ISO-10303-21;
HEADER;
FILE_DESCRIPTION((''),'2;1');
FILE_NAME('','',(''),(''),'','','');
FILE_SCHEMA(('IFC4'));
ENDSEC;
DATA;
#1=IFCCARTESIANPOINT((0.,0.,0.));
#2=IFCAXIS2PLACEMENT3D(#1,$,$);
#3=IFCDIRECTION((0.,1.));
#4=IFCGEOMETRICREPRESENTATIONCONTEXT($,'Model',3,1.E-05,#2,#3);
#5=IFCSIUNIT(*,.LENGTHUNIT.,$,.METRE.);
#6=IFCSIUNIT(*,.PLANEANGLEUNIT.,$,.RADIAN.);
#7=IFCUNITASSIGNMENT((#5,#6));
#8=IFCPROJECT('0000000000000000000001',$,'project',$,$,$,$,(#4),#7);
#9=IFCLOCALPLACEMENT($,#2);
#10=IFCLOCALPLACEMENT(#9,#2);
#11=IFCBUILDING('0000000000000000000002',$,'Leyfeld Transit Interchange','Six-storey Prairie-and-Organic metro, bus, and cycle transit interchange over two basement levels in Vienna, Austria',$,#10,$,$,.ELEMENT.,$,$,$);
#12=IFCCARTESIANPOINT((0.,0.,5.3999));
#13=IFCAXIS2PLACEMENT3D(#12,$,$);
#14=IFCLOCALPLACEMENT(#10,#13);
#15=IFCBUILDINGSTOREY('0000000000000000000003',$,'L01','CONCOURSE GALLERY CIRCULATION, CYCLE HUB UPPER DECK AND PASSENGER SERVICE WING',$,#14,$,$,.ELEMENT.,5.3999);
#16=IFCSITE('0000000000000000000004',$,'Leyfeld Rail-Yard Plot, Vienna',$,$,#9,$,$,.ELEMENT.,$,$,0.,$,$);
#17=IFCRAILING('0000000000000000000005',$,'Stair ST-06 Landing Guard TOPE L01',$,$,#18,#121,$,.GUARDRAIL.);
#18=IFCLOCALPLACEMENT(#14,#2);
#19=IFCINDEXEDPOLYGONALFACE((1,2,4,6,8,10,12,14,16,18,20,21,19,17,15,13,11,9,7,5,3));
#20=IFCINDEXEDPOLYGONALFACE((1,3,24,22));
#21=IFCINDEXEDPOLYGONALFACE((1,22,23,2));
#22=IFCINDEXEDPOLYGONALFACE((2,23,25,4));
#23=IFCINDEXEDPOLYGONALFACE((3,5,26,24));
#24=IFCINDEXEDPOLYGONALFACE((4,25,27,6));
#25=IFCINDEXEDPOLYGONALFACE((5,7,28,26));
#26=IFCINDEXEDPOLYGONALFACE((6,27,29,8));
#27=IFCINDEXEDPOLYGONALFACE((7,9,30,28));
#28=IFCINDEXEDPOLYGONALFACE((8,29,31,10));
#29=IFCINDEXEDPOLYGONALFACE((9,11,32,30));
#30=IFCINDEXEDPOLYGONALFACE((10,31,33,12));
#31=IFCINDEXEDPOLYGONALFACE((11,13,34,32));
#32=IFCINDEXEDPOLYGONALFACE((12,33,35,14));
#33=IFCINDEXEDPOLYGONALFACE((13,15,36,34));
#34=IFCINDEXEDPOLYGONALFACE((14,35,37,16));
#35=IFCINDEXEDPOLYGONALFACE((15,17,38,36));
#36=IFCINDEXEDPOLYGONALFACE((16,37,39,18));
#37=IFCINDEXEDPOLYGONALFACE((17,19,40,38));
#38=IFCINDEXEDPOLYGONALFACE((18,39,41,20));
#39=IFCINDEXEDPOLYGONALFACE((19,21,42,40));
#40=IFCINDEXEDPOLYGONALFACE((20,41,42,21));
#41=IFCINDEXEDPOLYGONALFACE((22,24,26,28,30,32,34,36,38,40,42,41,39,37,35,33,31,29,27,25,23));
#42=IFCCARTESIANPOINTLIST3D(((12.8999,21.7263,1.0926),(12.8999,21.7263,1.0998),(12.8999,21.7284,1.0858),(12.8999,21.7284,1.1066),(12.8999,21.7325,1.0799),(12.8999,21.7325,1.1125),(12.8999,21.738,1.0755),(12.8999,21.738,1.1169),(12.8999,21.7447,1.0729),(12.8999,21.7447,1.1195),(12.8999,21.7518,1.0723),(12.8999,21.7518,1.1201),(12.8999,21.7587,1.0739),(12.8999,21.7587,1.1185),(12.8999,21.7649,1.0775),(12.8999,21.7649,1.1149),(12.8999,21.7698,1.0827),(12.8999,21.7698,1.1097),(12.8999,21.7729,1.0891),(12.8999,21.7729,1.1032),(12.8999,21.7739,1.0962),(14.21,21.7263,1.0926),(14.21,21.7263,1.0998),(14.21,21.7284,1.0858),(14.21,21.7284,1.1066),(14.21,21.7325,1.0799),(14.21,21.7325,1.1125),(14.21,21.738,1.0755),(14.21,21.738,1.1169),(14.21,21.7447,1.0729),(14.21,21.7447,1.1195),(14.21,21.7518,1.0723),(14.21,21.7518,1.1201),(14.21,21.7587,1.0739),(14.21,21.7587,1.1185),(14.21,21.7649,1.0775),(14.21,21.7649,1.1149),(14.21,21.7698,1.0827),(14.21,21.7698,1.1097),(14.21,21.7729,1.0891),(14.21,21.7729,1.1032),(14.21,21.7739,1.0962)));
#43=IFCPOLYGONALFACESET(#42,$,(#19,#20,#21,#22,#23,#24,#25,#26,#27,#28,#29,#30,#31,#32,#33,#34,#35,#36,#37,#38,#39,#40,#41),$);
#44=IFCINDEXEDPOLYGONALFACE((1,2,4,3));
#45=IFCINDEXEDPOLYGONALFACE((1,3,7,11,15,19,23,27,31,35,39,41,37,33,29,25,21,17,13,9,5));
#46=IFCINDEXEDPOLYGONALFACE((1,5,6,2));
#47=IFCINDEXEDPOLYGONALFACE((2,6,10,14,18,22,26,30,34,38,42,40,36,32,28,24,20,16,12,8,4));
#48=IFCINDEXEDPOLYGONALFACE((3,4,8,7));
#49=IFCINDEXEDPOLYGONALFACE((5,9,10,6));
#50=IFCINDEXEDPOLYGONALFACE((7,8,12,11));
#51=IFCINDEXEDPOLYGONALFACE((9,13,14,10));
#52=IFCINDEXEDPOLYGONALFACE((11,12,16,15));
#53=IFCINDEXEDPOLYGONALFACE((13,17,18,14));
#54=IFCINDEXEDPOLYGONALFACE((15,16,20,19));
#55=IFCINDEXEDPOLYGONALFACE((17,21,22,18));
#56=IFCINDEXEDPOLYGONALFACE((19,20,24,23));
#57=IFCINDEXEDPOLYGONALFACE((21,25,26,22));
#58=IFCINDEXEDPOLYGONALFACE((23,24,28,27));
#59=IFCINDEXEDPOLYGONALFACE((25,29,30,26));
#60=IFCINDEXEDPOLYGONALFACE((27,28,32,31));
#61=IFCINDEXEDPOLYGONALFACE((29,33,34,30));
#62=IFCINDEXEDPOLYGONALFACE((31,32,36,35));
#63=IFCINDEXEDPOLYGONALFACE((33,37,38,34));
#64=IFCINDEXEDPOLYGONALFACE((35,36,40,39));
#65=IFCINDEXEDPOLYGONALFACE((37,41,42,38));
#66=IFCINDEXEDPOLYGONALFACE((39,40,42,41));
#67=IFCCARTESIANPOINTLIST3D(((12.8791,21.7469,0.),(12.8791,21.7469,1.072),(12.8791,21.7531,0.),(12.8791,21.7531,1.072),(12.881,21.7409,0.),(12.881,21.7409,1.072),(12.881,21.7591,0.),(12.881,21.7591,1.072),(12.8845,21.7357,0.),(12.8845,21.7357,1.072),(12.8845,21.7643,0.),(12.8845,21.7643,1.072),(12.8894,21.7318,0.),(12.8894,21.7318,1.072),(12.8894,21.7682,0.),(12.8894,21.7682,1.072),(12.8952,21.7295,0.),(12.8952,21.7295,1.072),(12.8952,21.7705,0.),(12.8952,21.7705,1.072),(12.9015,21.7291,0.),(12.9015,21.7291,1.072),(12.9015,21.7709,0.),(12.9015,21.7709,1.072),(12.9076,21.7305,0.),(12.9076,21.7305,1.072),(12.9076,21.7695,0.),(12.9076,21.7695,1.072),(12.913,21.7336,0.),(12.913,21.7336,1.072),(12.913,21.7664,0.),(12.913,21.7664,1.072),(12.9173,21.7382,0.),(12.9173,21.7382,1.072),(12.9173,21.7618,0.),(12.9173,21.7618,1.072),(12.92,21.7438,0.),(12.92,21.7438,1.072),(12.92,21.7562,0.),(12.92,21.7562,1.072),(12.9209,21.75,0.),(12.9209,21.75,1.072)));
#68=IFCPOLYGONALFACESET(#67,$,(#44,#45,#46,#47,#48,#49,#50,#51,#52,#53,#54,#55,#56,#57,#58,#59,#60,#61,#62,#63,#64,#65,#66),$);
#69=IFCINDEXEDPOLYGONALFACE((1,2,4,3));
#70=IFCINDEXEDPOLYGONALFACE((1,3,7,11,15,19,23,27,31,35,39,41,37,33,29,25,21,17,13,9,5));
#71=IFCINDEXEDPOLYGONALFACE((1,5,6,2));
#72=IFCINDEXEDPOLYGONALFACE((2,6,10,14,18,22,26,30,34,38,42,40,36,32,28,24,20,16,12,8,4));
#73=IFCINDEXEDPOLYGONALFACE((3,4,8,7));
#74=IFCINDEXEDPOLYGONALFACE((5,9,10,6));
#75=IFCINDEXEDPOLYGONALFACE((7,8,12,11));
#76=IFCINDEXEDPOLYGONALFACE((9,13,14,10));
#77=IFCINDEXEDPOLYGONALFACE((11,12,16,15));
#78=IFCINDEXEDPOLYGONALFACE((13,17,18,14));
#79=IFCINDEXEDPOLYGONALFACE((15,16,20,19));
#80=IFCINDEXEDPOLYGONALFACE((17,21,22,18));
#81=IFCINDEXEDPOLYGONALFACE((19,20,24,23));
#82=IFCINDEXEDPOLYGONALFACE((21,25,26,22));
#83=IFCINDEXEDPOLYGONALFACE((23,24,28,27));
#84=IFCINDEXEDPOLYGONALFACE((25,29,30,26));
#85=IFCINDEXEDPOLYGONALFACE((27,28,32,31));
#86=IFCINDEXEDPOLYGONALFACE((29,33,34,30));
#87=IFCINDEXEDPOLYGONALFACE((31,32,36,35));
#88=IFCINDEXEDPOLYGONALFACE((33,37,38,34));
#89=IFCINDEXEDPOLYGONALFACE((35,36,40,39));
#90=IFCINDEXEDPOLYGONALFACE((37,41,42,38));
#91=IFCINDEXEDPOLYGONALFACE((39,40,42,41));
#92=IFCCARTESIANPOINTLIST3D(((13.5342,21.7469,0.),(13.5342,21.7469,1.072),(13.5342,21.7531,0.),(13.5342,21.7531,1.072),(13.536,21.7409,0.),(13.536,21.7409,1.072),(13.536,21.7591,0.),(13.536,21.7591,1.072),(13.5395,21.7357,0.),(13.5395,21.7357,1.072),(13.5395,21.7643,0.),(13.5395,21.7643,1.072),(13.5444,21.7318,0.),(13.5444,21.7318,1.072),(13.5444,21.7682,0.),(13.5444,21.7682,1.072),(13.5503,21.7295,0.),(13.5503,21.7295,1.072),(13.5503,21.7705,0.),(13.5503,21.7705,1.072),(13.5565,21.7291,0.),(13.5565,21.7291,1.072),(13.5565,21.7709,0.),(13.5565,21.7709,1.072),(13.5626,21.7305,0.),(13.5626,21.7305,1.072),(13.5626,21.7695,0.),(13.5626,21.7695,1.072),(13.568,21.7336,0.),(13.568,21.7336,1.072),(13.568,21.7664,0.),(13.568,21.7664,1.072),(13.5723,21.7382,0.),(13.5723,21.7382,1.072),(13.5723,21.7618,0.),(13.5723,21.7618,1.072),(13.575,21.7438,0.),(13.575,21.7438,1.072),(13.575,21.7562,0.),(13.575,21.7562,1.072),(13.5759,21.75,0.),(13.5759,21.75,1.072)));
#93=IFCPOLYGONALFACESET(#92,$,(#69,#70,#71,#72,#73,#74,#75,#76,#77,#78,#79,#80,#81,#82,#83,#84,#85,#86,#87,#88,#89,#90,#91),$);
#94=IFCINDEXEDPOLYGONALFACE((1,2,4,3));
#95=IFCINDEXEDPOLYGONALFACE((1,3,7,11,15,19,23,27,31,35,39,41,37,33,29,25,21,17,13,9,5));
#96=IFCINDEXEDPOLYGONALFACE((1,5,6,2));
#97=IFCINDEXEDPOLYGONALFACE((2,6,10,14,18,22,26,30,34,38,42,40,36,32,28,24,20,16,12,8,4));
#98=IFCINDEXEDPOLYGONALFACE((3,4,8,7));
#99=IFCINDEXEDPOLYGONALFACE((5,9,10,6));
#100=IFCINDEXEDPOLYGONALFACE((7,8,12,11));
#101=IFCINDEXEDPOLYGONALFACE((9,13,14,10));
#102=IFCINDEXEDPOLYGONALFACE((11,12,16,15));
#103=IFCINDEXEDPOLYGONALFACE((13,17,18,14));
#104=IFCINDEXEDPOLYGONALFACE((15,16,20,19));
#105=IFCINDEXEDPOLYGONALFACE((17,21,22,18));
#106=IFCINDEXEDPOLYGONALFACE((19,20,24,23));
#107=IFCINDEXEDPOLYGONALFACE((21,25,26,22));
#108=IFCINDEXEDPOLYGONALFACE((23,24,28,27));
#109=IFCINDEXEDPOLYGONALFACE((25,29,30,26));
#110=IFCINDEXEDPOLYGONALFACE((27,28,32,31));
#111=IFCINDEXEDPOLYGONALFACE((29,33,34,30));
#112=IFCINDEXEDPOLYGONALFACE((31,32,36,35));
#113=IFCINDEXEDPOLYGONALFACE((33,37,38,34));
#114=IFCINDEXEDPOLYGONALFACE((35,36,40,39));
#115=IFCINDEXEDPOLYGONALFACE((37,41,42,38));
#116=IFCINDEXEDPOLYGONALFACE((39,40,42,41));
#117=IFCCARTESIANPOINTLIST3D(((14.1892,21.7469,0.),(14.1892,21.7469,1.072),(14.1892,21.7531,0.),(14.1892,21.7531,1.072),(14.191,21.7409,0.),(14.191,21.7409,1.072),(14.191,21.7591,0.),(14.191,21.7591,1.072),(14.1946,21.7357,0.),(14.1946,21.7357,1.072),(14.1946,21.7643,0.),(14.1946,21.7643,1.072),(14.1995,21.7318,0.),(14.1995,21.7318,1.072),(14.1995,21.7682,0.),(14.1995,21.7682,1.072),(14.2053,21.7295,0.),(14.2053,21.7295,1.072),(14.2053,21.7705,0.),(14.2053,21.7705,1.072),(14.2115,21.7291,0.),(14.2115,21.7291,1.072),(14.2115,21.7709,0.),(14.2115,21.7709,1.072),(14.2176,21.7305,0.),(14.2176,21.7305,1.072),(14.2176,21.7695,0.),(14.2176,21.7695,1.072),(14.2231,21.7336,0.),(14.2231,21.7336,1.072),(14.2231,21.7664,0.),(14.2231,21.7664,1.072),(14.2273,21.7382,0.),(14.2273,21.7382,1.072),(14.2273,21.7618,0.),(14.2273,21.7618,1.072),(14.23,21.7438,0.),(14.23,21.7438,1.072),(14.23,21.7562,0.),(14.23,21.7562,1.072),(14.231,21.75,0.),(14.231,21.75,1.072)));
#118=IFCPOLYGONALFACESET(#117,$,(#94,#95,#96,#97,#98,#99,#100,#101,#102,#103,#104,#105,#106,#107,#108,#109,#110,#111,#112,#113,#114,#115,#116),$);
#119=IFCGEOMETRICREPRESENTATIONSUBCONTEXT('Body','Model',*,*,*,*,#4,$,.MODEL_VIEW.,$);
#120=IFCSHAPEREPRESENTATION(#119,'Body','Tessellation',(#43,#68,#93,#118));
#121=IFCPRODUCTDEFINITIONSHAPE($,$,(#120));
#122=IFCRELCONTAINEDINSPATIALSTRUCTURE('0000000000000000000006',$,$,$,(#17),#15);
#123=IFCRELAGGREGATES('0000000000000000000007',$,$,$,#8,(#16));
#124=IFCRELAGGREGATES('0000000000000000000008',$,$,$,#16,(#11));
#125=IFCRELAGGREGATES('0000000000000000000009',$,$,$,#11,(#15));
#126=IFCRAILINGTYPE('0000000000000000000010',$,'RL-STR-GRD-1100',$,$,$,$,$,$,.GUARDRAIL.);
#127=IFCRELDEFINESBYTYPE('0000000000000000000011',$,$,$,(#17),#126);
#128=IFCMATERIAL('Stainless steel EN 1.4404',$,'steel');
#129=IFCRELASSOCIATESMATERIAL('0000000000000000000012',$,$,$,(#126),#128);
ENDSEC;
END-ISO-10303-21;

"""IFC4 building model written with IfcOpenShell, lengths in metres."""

from ifc_helpers import new_model, si_unit, direction, frame, origin, origin_2d, place, context, subcontext, project, spatial, circle, extrude, material, type_object, element, save


model = new_model("IFC4")

# Units and contexts
model_context = context("Model", 3, precision=1e-05, world=origin(), true_north=direction((0.0, 1.0)))
body_context = subcontext(model_context, "Body", "Model", "MODEL_VIEW")
ifc_project = project(units=[si_unit("LENGTHUNIT", "METRE"), si_unit("PLANEANGLEUNIT", "RADIAN")], contexts=[model_context])

# Site, building, storey
site_placement = place(None, origin())
site = spatial("IfcSite", under=ifc_project, at=site_placement, Name="Leyfeld Rail-Yard Plot, Vienna", CompositionType="ELEMENT", RefElevation=0.0)
building_placement = place(site_placement, origin())
building = spatial("IfcBuilding", under=site, at=building_placement, Name="Leyfeld Transit Interchange", Description="Six-storey Prairie-and-Organic metro, bus, and cycle transit interchange over two basement levels in Vienna, Austria", CompositionType="ELEMENT")
storey_placement = place(building_placement, frame((0.0, 0.0, 5.3999)))
storey = spatial("IfcBuildingStorey", under=building, at=storey_placement, Name="L01", Description="CONCOURSE GALLERY CIRCULATION, CYCLE HUB UPPER DECK AND PASSENGER SERVICE WING", CompositionType="ELEMENT", Elevation=5.3999)

# Railing
ifc_material_1 = material(Name="Stainless steel EN 1.4404", Category="steel")
railing_type = type_object("IfcRailingType", Name="RL-STR-GRD-1100", PredefinedType="GUARDRAIL", material=ifc_material_1)
railing_1_placement = place(storey_placement, frame((12.8999, 21.75, 0.0)))
element("IfcRailing", 1, at=railing_1_placement, inside=storey, type_object=railing_type, Name="Stair ST-06 Landing Guard TOPE L01", PredefinedType="GUARDRAIL", context=body_context, shape_type="SweptSolid", body=[
    extrude(circle(Radius=0.0239, at=origin_2d()), frame((0.0, 0.0, 1.0962), z_axis=(1.0, 0.0, 0.0), x_axis=(0.0, 1.0, 0.0)), (0.0, 0.0, 1.0), 1.3101),
    extrude(circle(Radius=0.021, at=origin_2d()), origin(), (0.0, 0.0, 1.0), 1.072),
    extrude(circle(Radius=0.021, at=origin_2d()), frame((0.655, 0.0, 0.0)), (0.0, 0.0, 1.0), 1.072),
    extrude(circle(Radius=0.021, at=origin_2d()), frame((1.3101, 0.0, 0.0)), (0.0, 0.0, 1.0), 1.072),
])

save(model, "model.ifc")
